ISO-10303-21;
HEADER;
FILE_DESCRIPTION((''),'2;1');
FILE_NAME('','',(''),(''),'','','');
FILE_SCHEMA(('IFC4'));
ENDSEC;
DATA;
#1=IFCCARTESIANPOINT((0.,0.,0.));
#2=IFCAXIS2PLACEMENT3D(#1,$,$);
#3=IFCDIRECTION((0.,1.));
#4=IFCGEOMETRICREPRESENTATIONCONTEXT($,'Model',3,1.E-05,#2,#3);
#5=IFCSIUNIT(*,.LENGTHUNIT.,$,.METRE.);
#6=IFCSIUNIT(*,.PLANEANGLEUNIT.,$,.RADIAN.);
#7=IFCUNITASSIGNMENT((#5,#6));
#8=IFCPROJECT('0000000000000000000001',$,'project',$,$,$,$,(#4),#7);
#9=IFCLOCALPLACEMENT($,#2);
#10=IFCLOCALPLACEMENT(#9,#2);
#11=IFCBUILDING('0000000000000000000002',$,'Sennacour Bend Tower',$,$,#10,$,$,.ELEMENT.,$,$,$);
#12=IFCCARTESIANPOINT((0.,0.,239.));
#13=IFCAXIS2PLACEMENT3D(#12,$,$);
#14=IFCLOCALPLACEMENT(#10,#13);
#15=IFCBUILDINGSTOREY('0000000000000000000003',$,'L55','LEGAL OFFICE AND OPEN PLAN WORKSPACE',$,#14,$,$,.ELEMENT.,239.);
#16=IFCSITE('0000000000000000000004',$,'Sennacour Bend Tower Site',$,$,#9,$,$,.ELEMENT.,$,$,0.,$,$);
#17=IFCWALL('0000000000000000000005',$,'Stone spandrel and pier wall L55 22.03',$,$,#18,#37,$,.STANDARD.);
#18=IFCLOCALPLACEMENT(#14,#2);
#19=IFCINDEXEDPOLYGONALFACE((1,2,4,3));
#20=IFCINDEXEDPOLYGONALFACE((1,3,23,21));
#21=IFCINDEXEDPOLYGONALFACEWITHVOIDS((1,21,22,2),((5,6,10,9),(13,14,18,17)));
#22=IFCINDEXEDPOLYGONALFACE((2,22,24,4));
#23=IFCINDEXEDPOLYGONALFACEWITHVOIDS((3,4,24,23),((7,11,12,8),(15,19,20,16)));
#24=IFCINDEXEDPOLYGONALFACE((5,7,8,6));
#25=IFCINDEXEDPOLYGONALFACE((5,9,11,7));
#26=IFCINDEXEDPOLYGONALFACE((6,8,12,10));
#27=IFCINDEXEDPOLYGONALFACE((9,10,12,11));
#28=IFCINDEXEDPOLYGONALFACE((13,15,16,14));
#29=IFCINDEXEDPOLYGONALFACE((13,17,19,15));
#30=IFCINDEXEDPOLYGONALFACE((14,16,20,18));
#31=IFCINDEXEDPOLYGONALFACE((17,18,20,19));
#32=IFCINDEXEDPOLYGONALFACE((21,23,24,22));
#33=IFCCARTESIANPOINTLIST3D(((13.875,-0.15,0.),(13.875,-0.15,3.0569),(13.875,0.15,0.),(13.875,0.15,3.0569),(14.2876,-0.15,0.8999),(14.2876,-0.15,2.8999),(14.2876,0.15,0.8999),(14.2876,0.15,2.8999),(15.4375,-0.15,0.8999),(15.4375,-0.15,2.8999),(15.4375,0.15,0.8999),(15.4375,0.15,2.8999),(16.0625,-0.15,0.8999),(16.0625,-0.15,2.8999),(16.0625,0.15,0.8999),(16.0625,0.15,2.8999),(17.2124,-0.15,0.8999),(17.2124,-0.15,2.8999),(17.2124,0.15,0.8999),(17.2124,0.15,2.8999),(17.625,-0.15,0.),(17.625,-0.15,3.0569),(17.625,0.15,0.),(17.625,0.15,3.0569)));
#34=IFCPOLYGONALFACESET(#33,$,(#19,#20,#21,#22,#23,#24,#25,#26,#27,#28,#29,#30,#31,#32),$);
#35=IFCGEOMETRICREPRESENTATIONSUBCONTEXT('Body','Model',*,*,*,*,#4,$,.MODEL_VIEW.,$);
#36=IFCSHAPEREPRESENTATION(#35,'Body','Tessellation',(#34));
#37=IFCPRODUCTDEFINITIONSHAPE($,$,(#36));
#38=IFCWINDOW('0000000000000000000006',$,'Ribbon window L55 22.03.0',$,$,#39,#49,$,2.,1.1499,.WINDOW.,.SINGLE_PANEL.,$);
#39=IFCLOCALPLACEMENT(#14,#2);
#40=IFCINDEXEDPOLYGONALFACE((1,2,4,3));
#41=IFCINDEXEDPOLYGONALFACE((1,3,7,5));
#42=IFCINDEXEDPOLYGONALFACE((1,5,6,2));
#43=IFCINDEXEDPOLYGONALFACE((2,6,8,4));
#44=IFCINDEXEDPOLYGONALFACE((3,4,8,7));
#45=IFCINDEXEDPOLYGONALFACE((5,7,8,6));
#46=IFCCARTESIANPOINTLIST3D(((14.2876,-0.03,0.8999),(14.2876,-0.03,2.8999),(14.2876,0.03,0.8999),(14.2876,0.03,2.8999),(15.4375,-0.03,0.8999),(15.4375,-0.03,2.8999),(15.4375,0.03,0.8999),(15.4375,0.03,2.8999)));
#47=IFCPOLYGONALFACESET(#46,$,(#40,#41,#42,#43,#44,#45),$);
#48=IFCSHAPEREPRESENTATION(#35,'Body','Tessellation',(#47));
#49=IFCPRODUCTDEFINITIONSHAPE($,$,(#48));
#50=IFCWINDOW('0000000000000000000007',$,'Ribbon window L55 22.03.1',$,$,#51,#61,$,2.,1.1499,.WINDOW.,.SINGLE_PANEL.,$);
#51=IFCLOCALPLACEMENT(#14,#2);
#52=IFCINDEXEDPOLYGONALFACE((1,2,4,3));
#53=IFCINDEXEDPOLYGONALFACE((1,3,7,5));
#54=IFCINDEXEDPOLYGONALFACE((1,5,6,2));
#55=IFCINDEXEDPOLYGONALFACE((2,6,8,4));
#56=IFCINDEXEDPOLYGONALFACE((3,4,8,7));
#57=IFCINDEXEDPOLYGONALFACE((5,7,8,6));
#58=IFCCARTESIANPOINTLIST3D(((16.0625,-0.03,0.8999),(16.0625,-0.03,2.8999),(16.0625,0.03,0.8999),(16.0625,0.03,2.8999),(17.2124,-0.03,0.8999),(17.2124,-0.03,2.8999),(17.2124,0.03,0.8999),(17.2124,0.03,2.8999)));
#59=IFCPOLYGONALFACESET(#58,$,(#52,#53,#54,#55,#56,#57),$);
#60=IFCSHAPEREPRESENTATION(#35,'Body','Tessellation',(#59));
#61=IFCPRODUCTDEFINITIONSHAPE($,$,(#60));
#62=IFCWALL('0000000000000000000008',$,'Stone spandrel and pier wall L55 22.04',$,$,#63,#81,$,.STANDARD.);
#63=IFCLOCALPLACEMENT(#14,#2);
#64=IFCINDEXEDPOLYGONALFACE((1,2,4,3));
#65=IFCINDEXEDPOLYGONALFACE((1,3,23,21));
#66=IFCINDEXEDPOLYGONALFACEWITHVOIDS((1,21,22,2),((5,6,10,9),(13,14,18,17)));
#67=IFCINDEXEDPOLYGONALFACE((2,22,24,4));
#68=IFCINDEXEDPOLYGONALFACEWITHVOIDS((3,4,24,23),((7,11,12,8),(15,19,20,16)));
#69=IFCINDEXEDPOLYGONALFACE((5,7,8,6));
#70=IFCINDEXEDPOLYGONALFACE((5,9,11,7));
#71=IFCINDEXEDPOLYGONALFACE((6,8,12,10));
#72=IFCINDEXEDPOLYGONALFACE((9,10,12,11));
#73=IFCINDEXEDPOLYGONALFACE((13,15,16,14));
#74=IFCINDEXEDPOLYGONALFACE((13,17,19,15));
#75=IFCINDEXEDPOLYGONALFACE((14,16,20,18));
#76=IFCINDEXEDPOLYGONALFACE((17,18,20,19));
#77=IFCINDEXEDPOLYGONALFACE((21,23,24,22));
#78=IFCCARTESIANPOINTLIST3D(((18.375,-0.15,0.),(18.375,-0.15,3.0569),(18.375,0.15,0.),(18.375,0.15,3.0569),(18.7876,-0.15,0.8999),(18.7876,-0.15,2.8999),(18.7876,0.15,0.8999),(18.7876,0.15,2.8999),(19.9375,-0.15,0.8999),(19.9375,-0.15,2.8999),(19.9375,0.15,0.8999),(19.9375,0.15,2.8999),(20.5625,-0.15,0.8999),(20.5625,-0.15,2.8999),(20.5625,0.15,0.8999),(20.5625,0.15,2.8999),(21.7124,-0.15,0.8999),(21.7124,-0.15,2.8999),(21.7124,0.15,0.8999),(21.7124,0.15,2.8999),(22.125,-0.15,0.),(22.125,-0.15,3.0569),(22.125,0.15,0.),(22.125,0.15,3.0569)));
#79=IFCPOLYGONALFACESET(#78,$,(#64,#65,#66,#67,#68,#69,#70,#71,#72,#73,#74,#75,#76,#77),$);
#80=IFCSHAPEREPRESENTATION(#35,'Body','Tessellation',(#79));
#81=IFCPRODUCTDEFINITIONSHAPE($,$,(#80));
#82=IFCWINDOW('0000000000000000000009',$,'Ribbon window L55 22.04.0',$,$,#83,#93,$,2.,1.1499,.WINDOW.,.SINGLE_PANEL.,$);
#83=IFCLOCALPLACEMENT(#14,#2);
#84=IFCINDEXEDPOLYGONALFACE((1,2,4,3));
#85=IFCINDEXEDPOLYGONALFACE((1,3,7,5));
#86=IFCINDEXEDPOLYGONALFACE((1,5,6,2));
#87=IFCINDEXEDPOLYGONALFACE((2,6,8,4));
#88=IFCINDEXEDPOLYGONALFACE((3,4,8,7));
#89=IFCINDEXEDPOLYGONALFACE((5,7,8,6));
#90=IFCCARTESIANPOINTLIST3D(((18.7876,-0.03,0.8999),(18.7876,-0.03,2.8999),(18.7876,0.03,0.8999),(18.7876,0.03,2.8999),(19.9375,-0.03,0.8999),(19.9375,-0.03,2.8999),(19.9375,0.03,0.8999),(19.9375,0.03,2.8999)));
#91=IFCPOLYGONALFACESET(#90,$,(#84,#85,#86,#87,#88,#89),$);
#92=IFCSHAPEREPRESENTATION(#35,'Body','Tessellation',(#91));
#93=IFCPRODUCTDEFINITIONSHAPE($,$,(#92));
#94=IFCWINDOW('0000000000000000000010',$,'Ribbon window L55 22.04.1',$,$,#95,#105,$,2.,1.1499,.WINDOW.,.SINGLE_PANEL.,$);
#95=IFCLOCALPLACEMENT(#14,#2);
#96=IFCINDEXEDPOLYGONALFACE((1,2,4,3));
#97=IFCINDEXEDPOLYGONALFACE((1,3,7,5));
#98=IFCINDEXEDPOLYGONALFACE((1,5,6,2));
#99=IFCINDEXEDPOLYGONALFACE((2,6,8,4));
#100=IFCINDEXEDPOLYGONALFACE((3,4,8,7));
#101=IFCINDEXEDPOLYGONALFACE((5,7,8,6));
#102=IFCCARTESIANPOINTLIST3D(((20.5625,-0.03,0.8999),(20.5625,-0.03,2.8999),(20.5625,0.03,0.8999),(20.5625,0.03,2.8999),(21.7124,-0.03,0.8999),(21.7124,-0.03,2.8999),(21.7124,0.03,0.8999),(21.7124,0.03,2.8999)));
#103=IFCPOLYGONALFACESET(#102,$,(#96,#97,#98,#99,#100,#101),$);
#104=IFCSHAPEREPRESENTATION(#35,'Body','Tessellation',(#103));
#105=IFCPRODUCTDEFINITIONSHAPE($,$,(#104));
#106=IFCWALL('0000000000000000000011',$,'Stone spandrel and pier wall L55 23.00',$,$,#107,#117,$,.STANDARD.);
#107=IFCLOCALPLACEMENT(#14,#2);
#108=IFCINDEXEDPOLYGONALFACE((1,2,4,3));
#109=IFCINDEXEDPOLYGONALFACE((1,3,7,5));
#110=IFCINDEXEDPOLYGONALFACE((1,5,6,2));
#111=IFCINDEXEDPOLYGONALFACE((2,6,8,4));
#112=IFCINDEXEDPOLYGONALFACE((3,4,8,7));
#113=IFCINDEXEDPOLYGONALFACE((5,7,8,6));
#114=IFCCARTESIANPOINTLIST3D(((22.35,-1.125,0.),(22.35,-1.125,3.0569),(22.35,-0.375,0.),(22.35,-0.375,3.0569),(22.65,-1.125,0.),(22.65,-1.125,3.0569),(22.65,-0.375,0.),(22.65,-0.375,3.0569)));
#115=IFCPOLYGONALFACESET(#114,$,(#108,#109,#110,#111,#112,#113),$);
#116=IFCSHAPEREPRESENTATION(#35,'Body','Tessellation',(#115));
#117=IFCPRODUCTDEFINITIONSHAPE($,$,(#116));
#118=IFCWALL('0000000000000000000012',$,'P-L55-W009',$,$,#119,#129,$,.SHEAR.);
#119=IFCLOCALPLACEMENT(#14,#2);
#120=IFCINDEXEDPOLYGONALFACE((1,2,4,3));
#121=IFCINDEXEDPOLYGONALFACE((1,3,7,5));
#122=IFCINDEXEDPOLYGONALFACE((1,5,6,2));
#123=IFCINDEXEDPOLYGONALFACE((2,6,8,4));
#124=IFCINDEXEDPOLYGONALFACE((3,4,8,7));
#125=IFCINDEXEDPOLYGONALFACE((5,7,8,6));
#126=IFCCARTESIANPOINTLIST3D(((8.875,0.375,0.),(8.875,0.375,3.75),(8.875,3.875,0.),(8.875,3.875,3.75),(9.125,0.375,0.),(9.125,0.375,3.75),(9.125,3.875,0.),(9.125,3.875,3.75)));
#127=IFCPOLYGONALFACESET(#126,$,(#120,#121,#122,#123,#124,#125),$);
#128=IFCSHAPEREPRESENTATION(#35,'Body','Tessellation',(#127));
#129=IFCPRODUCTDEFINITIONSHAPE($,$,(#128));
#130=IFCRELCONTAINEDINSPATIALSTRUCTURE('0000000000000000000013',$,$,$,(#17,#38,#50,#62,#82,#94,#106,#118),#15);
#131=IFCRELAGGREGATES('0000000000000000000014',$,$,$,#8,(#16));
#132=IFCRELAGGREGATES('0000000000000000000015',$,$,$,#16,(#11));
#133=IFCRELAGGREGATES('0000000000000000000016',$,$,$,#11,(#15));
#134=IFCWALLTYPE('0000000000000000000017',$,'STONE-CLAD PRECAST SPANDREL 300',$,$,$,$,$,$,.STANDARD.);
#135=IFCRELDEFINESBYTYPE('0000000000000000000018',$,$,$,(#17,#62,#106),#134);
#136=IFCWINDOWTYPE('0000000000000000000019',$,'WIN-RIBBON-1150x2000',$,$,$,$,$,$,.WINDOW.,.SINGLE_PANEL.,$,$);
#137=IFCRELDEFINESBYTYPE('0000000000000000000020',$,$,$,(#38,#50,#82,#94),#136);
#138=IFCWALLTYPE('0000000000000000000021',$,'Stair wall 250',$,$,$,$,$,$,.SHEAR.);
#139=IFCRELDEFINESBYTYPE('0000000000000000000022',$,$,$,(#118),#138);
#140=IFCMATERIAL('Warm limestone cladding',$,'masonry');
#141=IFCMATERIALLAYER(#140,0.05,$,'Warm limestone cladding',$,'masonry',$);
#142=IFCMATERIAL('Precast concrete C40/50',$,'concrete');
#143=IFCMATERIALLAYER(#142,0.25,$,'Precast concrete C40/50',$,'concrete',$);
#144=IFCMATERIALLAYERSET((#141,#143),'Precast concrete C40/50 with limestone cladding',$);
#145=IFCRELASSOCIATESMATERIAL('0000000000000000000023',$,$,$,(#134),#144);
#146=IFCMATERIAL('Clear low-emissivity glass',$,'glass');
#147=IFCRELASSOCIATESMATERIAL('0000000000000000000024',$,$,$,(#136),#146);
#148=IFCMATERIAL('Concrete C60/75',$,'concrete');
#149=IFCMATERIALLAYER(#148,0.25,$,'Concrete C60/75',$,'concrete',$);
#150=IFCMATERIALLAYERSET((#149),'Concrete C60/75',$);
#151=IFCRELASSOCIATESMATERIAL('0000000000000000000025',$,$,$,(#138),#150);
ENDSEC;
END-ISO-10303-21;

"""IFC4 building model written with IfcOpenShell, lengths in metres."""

from ifc_helpers import new_model, si_unit, direction, frame, frame_2d, origin, place, context, subcontext, project, spatial, rectangle, extrude, material, layer, layer_set, type_object, element, fill, save


model = new_model("IFC4")

# Units and contexts
model_context = context("Model", 3, precision=1e-05, world=origin(), true_north=direction((0.0, 1.0)))
body_context = subcontext(model_context, "Body", "Model", "MODEL_VIEW")
ifc_project = project(units=[si_unit("LENGTHUNIT", "METRE"), si_unit("PLANEANGLEUNIT", "RADIAN")], contexts=[model_context])

# Site, building, storey
site_placement = place(None, origin())
site = spatial("IfcSite", under=ifc_project, at=site_placement, Name="Sennacour Bend Tower Site", CompositionType="ELEMENT", RefElevation=0.0)
building_placement = place(site_placement, origin())
building = spatial("IfcBuilding", under=site, at=building_placement, Name="Sennacour Bend Tower", CompositionType="ELEMENT")
storey_placement = place(building_placement, frame((0.0, 0.0, 239.0)))
storey = spatial("IfcBuildingStorey", under=building, at=storey_placement, Name="L55", Description="LEGAL OFFICE AND OPEN PLAN WORKSPACE", CompositionType="ELEMENT", Elevation=239.0)

# Walls, openings, windows
ifc_material_1 = material(Name="Warm limestone cladding", Category="masonry")
ifc_layer_1 = layer(ifc_material_1, 0.05, Name="Warm limestone cladding", Category="masonry")
ifc_material_2 = material(Name="Precast concrete C40/50", Category="concrete")
ifc_layer_2 = layer(ifc_material_2, 0.25, Name="Precast concrete C40/50", Category="concrete")
ifc_layer_set_1 = layer_set([ifc_layer_1, ifc_layer_2], Name="Precast concrete C40/50 with limestone cladding")
wall_type_1 = type_object("IfcWallType", Name="STONE-CLAD PRECAST SPANDREL 300", PredefinedType="STANDARD", material=ifc_layer_set_1)
ifc_material_3 = material(Name="Clear low-emissivity glass", Category="glass")
window_type_1 = type_object("IfcWindowType", Name="WIN-RIBBON-1150x2000", PartitioningType="SINGLE_PANEL", PredefinedType="WINDOW", material=ifc_material_3)
wall_1_placement = place(storey_placement, frame((13.875, 0.0, 0.0), z_axis=(0.0, 0.0, 1.0), x_axis=(1.0, 0.0, 0.0)))
wall_1 = element("IfcWall", 1, at=wall_1_placement, inside=storey, type_object=wall_type_1, Name="Stone spandrel and pier wall L55 22.03", PredefinedType="STANDARD", context=body_context, shape_type="SweptSolid", body=[
    extrude(rectangle(XDim=3.75, YDim=0.3, at=frame_2d((1.875, 0.0))), origin(), (0.0, 0.0, 1.0), 3.0569),
])
opening_1_placement = place(wall_1_placement, frame((0.4126, 0.0, 0.8999)))
opening_1 = element("IfcOpeningElement", 2, at=opening_1_placement, cuts=wall_1, PredefinedType="OPENING", context=body_context, shape_type="SweptSolid", body=[
    extrude(rectangle(XDim=1.1499, YDim=2.0, at=frame_2d((0.575, 1.0))), frame((0.0, 0.1602, 0.0), z_axis=(0.0, -1.0, 0.0), x_axis=(1.0, 0.0, 0.0)), (0.0, 0.0, 1.0), 0.3201),
])
opening_2_placement = place(wall_1_placement, frame((2.1875, 0.0, 0.8999)))
opening_2 = element("IfcOpeningElement", 3, at=opening_2_placement, cuts=wall_1, PredefinedType="OPENING", context=body_context, shape_type="SweptSolid", body=[
    extrude(rectangle(XDim=1.1499, YDim=2.0, at=frame_2d((0.575, 1.0))), frame((0.0, 0.1602, 0.0), z_axis=(0.0, -1.0, 0.0), x_axis=(1.0, 0.0, 0.0)), (0.0, 0.0, 1.0), 0.3201),
])
window_1_placement = place(opening_1_placement, origin())
window_1 = element("IfcWindow", 4, at=window_1_placement, inside=storey, type_object=window_type_1, Name="Ribbon window L55 22.03.0", OverallHeight=2.0, OverallWidth=1.1499, PartitioningType="SINGLE_PANEL", PredefinedType="WINDOW", context=body_context, shape_type="SweptSolid", body=[
    extrude(rectangle(XDim=1.1499, YDim=2.0, at=frame_2d((0.575, 1.0))), frame((0.0, 0.03, 0.0), z_axis=(0.0, -1.0, 0.0), x_axis=(1.0, 0.0, 0.0)), (0.0, 0.0, 1.0), 0.0601),
])
fill(opening_1, window_1)
window_2_placement = place(opening_2_placement, origin())
window_2 = element("IfcWindow", 5, at=window_2_placement, inside=storey, type_object=window_type_1, Name="Ribbon window L55 22.03.1", OverallHeight=2.0, OverallWidth=1.1499, PartitioningType="SINGLE_PANEL", PredefinedType="WINDOW", context=body_context, shape_type="SweptSolid", body=[
    extrude(rectangle(XDim=1.1499, YDim=2.0, at=frame_2d((0.575, 1.0))), frame((0.0, 0.03, 0.0), z_axis=(0.0, -1.0, 0.0), x_axis=(1.0, 0.0, 0.0)), (0.0, 0.0, 1.0), 0.0601),
])
fill(opening_2, window_2)
wall_2_placement = place(storey_placement, frame((18.375, 0.0, 0.0), z_axis=(0.0, 0.0, 1.0), x_axis=(1.0, 0.0, 0.0)))
wall_2 = element("IfcWall", 6, at=wall_2_placement, inside=storey, type_object=wall_type_1, Name="Stone spandrel and pier wall L55 22.04", PredefinedType="STANDARD", context=body_context, shape_type="SweptSolid", body=[
    extrude(rectangle(XDim=3.75, YDim=0.3, at=frame_2d((1.875, 0.0))), origin(), (0.0, 0.0, 1.0), 3.0569),
])
opening_3_placement = place(wall_2_placement, frame((0.4126, 0.0, 0.8999)))
opening_3 = element("IfcOpeningElement", 7, at=opening_3_placement, cuts=wall_2, PredefinedType="OPENING", context=body_context, shape_type="SweptSolid", body=[
    extrude(rectangle(XDim=1.1499, YDim=2.0, at=frame_2d((0.575, 1.0))), frame((0.0, 0.1602, 0.0), z_axis=(0.0, -1.0, 0.0), x_axis=(1.0, 0.0, 0.0)), (0.0, 0.0, 1.0), 0.3201),
])
opening_4_placement = place(wall_2_placement, frame((2.1875, 0.0, 0.8999)))
opening_4 = element("IfcOpeningElement", 8, at=opening_4_placement, cuts=wall_2, PredefinedType="OPENING", context=body_context, shape_type="SweptSolid", body=[
    extrude(rectangle(XDim=1.1499, YDim=2.0, at=frame_2d((0.575, 1.0))), frame((0.0, 0.1602, 0.0), z_axis=(0.0, -1.0, 0.0), x_axis=(1.0, 0.0, 0.0)), (0.0, 0.0, 1.0), 0.3201),
])
window_3_placement = place(opening_3_placement, origin())
window_3 = element("IfcWindow", 9, at=window_3_placement, inside=storey, type_object=window_type_1, Name="Ribbon window L55 22.04.0", OverallHeight=2.0, OverallWidth=1.1499, PartitioningType="SINGLE_PANEL", PredefinedType="WINDOW", context=body_context, shape_type="SweptSolid", body=[
    extrude(rectangle(XDim=1.1499, YDim=2.0, at=frame_2d((0.575, 1.0))), frame((0.0, 0.03, 0.0), z_axis=(0.0, -1.0, 0.0), x_axis=(1.0, 0.0, 0.0)), (0.0, 0.0, 1.0), 0.0601),
])
fill(opening_3, window_3)
window_4_placement = place(opening_4_placement, origin())
window_4 = element("IfcWindow", 10, at=window_4_placement, inside=storey, type_object=window_type_1, Name="Ribbon window L55 22.04.1", OverallHeight=2.0, OverallWidth=1.1499, PartitioningType="SINGLE_PANEL", PredefinedType="WINDOW", context=body_context, shape_type="SweptSolid", body=[
    extrude(rectangle(XDim=1.1499, YDim=2.0, at=frame_2d((0.575, 1.0))), frame((0.0, 0.03, 0.0), z_axis=(0.0, -1.0, 0.0), x_axis=(1.0, 0.0, 0.0)), (0.0, 0.0, 1.0), 0.0601),
])
fill(opening_4, window_4)

# Walls
wall_3_placement = place(storey_placement, frame((22.5, -0.375, 0.0), z_axis=(0.0, 0.0, 1.0), x_axis=(0.0, -1.0, 0.0)))
element("IfcWall", 11, at=wall_3_placement, inside=storey, type_object=wall_type_1, Name="Stone spandrel and pier wall L55 23.00", PredefinedType="STANDARD", context=body_context, shape_type="SweptSolid", body=[
    extrude(rectangle(XDim=0.75, YDim=0.3, at=frame_2d((0.375, 0.0))), origin(), (0.0, 0.0, 1.0), 3.0569),
])
ifc_material_4 = material(Name="Concrete C60/75", Category="concrete")
ifc_layer_3 = layer(ifc_material_4, 0.25, Name="Concrete C60/75", Category="concrete")
ifc_layer_set_2 = layer_set([ifc_layer_3], Name="Concrete C60/75")
wall_type_2 = type_object("IfcWallType", Name="Stair wall 250", PredefinedType="SHEAR", material=ifc_layer_set_2)
wall_4_placement = place(storey_placement, frame((9.0, 0.375, 0.0), z_axis=(0.0, 0.0, 1.0), x_axis=(0.0, 1.0, 0.0)))
element("IfcWall", 12, at=wall_4_placement, inside=storey, type_object=wall_type_2, Name="P-L55-W009", PredefinedType="SHEAR", context=body_context, shape_type="SweptSolid", body=[
    extrude(rectangle(XDim=3.5, YDim=0.25, at=frame_2d((1.75, 0.0))), origin(), (0.0, 0.0, 1.0), 3.75),
])

save(model, "model.ifc")
